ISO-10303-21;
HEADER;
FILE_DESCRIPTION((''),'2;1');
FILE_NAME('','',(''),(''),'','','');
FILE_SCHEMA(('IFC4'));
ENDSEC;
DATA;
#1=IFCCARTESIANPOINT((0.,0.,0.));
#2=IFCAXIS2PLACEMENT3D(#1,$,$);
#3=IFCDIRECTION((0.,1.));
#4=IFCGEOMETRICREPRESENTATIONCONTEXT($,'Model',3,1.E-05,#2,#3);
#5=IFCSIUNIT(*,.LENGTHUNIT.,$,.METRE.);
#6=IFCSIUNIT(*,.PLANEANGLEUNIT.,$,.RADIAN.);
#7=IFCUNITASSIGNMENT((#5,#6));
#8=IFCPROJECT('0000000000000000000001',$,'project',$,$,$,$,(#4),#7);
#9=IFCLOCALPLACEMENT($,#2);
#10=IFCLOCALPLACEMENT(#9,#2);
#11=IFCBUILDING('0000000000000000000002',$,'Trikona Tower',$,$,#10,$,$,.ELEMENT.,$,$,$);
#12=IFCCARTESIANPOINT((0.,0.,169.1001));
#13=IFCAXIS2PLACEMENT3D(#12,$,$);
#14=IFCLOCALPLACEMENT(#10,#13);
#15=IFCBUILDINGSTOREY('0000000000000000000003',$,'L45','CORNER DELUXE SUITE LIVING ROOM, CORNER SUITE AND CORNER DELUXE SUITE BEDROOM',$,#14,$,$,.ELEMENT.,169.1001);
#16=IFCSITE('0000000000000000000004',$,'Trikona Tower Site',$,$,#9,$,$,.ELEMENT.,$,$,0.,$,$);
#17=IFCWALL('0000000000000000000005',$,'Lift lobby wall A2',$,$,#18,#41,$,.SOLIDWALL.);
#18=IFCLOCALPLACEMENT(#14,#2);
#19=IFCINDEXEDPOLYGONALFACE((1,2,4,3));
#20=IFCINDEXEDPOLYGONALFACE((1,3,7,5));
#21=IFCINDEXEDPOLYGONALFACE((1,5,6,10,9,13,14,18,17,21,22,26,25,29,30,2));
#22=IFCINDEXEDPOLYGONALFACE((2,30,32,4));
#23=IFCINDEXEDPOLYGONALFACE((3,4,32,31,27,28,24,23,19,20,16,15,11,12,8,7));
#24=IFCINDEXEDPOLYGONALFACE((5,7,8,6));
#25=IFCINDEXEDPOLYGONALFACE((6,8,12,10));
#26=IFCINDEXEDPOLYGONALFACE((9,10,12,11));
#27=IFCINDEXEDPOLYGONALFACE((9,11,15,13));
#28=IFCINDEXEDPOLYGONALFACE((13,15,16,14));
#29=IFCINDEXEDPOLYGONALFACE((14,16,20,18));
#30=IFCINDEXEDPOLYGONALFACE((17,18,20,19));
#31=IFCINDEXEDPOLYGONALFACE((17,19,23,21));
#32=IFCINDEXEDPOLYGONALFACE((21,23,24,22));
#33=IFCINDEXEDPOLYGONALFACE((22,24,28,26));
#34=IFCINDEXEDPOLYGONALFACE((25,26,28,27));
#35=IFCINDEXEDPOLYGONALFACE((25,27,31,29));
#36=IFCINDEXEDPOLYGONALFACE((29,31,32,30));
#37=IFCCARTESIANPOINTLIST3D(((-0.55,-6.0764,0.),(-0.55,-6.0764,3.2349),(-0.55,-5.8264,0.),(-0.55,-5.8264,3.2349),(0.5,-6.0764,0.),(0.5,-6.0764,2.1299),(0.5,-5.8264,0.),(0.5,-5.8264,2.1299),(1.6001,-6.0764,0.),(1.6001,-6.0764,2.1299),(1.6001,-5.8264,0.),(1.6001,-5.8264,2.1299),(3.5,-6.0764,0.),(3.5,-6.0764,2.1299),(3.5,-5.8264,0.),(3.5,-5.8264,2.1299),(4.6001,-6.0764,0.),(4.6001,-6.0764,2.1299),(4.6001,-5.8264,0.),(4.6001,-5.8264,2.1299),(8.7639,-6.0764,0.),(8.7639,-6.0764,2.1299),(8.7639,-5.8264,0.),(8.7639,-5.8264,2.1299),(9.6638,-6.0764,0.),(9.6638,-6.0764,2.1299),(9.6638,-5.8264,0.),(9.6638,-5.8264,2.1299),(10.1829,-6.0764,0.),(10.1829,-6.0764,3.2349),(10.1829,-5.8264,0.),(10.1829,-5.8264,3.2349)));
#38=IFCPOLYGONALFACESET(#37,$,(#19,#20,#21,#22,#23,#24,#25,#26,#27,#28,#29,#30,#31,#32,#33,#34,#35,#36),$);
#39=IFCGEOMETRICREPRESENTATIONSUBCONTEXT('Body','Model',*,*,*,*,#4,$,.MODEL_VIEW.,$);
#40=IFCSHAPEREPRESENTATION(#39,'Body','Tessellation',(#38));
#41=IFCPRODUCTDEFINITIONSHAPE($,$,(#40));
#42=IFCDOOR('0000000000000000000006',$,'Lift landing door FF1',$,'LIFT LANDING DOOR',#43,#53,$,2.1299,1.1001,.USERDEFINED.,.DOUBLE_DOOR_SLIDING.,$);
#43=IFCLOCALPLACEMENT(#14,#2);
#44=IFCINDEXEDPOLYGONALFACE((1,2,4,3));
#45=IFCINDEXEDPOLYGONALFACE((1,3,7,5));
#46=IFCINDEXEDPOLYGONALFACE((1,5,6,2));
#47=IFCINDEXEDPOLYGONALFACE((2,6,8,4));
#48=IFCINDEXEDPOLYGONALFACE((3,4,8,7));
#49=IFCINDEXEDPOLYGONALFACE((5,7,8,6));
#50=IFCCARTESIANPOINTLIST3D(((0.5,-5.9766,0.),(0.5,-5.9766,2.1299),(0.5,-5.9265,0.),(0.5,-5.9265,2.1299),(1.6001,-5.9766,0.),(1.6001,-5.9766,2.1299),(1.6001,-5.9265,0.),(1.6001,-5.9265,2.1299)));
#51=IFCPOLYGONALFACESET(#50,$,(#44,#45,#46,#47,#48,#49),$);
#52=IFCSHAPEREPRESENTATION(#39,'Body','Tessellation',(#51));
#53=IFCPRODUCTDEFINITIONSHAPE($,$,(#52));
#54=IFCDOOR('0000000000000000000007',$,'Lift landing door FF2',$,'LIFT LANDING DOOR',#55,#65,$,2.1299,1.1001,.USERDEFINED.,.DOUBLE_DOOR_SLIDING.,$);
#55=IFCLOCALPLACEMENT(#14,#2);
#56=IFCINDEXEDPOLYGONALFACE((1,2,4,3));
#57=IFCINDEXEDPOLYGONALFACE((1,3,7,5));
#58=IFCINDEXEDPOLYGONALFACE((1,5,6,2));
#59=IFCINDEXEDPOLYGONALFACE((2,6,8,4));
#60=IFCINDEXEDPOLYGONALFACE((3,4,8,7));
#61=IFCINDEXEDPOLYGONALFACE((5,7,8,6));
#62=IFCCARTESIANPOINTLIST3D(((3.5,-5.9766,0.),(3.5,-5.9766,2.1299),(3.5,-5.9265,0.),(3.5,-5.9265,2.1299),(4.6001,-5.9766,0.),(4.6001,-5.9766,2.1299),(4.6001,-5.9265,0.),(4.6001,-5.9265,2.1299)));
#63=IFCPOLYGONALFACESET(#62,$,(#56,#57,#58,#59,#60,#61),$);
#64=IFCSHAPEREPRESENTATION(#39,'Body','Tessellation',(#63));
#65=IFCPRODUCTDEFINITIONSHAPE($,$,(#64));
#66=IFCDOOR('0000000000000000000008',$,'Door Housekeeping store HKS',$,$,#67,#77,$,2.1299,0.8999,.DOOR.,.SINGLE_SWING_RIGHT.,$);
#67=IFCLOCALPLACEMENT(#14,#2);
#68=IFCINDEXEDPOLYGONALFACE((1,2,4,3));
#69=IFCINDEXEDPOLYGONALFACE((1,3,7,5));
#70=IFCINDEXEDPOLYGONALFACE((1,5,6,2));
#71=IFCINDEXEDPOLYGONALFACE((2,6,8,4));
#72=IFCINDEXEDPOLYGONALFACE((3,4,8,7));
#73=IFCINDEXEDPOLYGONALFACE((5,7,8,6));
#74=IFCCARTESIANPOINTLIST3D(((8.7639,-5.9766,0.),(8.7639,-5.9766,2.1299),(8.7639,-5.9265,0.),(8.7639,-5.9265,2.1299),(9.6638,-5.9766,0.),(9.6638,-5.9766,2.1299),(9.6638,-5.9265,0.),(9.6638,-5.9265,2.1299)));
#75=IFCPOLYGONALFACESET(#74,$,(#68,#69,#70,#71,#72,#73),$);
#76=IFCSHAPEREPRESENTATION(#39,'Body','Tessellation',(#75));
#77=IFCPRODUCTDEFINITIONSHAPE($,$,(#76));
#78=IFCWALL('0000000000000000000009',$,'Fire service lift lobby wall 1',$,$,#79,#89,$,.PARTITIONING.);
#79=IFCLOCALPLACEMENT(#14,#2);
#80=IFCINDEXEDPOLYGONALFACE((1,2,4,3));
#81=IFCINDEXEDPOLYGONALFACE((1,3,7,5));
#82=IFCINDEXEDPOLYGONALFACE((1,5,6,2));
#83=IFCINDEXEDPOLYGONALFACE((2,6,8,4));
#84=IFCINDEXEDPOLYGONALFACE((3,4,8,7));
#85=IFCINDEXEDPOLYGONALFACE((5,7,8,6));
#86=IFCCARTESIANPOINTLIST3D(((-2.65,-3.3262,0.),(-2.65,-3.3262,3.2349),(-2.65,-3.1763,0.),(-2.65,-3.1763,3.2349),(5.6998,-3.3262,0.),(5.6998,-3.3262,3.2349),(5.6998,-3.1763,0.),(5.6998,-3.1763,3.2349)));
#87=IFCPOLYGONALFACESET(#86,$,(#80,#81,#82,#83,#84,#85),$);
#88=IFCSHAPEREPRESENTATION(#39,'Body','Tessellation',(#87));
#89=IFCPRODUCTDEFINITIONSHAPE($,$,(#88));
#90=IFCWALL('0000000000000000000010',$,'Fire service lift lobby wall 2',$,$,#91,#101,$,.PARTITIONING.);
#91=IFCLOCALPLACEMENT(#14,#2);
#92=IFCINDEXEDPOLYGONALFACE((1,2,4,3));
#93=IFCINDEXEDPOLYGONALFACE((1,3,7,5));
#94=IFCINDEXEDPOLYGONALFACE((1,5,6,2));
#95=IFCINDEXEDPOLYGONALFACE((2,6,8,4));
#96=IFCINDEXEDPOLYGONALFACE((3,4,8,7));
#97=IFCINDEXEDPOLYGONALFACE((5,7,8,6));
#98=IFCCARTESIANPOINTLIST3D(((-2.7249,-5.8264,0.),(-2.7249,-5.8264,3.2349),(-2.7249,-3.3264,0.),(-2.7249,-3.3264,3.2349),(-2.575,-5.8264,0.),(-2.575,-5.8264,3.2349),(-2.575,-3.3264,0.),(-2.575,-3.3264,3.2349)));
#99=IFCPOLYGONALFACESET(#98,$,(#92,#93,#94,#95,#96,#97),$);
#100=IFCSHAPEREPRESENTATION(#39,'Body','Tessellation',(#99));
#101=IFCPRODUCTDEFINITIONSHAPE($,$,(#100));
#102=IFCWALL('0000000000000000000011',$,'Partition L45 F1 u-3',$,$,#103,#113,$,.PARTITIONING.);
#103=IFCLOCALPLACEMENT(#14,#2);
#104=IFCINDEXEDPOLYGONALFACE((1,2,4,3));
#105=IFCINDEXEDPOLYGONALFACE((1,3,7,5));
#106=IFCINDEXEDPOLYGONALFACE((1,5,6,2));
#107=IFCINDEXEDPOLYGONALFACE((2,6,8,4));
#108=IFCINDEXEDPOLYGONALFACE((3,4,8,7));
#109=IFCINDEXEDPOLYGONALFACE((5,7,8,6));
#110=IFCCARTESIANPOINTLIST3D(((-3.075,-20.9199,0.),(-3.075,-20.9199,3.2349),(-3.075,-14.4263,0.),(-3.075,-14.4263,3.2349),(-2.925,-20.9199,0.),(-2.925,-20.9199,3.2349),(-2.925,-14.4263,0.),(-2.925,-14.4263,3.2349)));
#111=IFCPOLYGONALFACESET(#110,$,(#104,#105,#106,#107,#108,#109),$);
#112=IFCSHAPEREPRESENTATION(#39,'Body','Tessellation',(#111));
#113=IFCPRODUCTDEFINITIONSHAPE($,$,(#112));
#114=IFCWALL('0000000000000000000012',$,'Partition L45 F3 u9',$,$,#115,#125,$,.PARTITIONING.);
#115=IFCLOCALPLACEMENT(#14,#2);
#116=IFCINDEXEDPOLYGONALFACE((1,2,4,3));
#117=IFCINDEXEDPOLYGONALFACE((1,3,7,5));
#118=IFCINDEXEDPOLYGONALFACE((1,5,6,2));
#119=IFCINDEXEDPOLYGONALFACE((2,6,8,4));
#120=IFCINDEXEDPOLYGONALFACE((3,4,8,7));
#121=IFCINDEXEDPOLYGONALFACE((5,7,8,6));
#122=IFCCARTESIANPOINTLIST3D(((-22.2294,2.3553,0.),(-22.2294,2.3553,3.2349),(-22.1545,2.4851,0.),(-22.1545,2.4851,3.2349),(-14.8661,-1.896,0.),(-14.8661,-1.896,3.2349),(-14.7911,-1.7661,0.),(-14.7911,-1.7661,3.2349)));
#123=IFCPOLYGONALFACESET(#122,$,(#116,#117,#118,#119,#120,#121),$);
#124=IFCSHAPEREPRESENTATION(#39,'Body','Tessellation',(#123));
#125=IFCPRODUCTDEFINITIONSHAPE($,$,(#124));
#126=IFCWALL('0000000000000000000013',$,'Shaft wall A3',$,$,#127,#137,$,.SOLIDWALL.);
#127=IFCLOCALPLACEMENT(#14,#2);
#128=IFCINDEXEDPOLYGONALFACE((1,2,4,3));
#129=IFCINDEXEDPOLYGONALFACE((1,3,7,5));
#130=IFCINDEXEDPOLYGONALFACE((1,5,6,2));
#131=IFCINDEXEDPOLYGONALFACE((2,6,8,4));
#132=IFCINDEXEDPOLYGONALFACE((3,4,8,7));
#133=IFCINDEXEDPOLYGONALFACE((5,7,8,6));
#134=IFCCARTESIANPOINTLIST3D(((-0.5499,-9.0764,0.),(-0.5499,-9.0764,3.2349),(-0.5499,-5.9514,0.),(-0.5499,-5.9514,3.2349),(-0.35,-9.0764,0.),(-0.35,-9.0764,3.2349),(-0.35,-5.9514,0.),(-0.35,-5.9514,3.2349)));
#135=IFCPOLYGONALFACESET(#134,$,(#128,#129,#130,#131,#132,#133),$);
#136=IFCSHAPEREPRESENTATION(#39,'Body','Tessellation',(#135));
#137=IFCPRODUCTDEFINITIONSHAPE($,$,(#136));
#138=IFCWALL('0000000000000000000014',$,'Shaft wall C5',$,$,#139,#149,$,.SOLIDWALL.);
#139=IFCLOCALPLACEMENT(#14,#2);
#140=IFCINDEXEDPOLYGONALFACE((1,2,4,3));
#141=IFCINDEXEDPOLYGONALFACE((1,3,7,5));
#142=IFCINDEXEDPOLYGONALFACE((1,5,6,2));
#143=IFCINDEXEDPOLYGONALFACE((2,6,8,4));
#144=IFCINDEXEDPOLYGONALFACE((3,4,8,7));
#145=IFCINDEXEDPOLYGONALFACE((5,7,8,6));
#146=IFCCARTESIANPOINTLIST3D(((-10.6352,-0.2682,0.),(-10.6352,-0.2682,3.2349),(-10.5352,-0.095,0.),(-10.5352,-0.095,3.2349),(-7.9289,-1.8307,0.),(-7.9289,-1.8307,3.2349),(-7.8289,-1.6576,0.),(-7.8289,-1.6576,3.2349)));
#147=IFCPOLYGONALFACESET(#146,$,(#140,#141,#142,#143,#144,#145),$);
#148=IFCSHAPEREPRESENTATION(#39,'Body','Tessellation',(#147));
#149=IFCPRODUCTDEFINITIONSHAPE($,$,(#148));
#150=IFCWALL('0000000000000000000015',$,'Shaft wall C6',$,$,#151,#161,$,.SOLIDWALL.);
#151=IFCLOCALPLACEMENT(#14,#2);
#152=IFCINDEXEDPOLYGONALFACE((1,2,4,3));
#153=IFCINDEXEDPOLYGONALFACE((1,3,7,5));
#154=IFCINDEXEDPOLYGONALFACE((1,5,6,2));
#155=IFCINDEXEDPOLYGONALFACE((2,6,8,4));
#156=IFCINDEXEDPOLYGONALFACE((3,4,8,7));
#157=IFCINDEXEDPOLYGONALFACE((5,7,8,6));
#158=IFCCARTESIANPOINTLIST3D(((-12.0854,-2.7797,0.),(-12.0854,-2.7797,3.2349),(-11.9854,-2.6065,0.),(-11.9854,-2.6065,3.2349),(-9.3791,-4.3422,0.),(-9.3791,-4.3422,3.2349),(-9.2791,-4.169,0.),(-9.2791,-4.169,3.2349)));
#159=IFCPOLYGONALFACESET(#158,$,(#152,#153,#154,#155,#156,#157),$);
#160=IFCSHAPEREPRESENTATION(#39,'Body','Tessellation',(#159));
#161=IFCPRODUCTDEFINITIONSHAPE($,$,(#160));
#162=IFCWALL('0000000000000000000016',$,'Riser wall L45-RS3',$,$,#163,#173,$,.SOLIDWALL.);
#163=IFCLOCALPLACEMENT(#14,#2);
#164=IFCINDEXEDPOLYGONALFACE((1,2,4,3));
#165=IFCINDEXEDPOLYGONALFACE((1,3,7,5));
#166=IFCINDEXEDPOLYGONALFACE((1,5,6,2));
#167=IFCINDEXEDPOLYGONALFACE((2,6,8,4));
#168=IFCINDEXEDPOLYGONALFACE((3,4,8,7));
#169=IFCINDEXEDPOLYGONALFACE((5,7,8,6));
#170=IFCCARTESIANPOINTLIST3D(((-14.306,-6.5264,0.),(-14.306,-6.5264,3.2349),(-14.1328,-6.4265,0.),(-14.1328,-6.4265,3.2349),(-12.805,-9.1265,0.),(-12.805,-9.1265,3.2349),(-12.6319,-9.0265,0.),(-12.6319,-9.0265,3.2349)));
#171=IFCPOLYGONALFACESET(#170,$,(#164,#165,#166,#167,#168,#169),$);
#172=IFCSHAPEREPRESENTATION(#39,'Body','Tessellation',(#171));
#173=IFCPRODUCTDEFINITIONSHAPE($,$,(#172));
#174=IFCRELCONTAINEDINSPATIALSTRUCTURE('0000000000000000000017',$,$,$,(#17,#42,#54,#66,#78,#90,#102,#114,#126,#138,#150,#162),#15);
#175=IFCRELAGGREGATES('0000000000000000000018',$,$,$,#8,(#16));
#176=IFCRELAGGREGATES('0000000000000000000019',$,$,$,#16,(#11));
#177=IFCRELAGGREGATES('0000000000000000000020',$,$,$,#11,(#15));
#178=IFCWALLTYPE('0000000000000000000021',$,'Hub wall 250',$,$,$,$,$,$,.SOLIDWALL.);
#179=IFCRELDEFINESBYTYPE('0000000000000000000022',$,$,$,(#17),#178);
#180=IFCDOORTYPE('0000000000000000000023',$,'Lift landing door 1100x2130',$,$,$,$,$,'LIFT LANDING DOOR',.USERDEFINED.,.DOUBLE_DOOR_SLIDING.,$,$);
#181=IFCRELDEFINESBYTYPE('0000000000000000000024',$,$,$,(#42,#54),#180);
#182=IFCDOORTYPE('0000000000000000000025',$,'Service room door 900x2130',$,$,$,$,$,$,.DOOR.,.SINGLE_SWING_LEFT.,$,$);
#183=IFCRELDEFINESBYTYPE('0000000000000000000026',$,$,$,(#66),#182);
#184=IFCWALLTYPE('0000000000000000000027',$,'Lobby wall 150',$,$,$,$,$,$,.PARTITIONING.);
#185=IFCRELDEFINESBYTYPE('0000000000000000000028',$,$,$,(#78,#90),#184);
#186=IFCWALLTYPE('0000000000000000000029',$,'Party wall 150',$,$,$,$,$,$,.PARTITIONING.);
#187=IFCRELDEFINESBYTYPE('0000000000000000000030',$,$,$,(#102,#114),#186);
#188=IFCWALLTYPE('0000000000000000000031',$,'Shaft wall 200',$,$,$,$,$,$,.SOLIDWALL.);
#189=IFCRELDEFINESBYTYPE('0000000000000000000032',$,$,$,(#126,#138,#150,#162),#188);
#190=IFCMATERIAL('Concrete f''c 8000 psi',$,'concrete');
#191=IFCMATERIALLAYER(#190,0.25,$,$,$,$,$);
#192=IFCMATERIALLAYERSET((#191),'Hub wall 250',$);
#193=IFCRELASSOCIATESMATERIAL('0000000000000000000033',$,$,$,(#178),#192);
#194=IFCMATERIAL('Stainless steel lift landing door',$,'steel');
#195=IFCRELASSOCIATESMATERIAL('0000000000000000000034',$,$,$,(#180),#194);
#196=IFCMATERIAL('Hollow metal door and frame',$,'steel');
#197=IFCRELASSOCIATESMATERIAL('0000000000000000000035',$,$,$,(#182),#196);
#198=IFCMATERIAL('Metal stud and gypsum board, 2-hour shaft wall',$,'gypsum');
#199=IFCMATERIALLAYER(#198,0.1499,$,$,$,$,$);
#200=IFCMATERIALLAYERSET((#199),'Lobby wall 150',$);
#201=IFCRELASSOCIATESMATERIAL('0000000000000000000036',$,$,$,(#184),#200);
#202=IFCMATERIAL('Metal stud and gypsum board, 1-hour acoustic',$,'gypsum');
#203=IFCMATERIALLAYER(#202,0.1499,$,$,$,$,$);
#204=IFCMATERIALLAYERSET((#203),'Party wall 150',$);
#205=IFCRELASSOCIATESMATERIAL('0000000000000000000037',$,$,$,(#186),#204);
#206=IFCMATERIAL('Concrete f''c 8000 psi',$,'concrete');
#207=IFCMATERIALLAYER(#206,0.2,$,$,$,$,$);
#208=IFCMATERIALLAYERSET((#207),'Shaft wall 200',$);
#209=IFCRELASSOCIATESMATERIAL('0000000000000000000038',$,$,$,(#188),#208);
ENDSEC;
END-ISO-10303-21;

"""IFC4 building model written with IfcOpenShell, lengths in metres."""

from ifc_helpers import new_model, si_unit, direction, frame, frame_2d, origin, place, context, subcontext, project, spatial, rectangle, extrude, material, layer, layer_set, type_object, element, fill, save


model = new_model("IFC4")

# Units and contexts
model_context = context("Model", 3, precision=1e-05, world=origin(), true_north=direction((0.0, 1.0)))
body_context = subcontext(model_context, "Body", "Model", "MODEL_VIEW")
ifc_project = project(units=[si_unit("LENGTHUNIT", "METRE"), si_unit("PLANEANGLEUNIT", "RADIAN")], contexts=[model_context])

# Site, building, storey
site_placement = place(None, origin())
site = spatial("IfcSite", under=ifc_project, at=site_placement, Name="Trikona Tower Site", CompositionType="ELEMENT", RefElevation=0.0)
building_placement = place(site_placement, origin())
building = spatial("IfcBuilding", under=site, at=building_placement, Name="Trikona Tower", CompositionType="ELEMENT")
storey_placement = place(building_placement, frame((0.0, 0.0, 169.1001)))
storey = spatial("IfcBuildingStorey", under=building, at=storey_placement, Name="L45", Description="CORNER DELUXE SUITE LIVING ROOM, CORNER SUITE AND CORNER DELUXE SUITE BEDROOM", CompositionType="ELEMENT", Elevation=169.1001)

# Shared definitions
ifc_material_1 = material(Name="Concrete f'c 8000 psi", Category="concrete")
ifc_layer_1 = layer(ifc_material_1, 0.25)
ifc_layer_set_1 = layer_set([ifc_layer_1], Name="Hub wall 250")
wall_type_1 = type_object("IfcWallType", Name="Hub wall 250", PredefinedType="SOLIDWALL", material=ifc_layer_set_1)

# Wall, openings, doors
wall_1_placement = place(storey_placement, frame((-0.55, -5.9514, 0.0), z_axis=(0.0, 0.0, 1.0), x_axis=(1.0, 0.0, 0.0)))
wall_1 = element("IfcWall", 1, at=wall_1_placement, inside=storey, type_object=wall_type_1, Name="Lift lobby wall A2", PredefinedType="SOLIDWALL", context=body_context, shape_type="SweptSolid", body=[
    extrude(rectangle(XDim=10.7329, YDim=0.25, at=frame_2d((5.3665, 0.0))), origin(), (0.0, 0.0, 1.0), 3.2349),
])
opening_1_placement = place(wall_1_placement, frame((9.314, 0.0, 0.0)))
opening_1 = element("IfcOpeningElement", 2, at=opening_1_placement, cuts=wall_1, PredefinedType="OPENING", context=body_context, shape_type="SweptSolid", body=[
    extrude(rectangle(XDim=0.8999, YDim=2.1299, at=frame_2d((0.45, 1.0649))), frame((0.0, 0.135, 0.0), z_axis=(0.0, -1.0, 0.0), x_axis=(1.0, 0.0, 0.0)), (0.0, 0.0, 1.0), 0.27),
])
opening_2_placement = place(wall_1_placement, frame((1.05, 0.0, 0.0)))
opening_2 = element("IfcOpeningElement", 3, at=opening_2_placement, cuts=wall_1, PredefinedType="OPENING", context=body_context, shape_type="SweptSolid", body=[
    extrude(rectangle(XDim=1.1001, YDim=2.1299, at=frame_2d((0.55, 1.0649))), frame((0.0, 0.135, 0.0), z_axis=(0.0, -1.0, 0.0), x_axis=(1.0, 0.0, 0.0)), (0.0, 0.0, 1.0), 0.27),
])
opening_3_placement = place(wall_1_placement, frame((4.05, 0.0, 0.0)))
opening_3 = element("IfcOpeningElement", 4, at=opening_3_placement, cuts=wall_1, PredefinedType="OPENING", context=body_context, shape_type="SweptSolid", body=[
    extrude(rectangle(XDim=1.1001, YDim=2.1299, at=frame_2d((0.55, 1.0649))), frame((0.0, 0.135, 0.0), z_axis=(0.0, -1.0, 0.0), x_axis=(1.0, 0.0, 0.0)), (0.0, 0.0, 1.0), 0.27),
])
ifc_material_2 = material(Name="Stainless steel lift landing door", Category="steel")
door_type_1 = type_object("IfcDoorType", Name="Lift landing door 1100x2130", ElementType="LIFT LANDING DOOR", OperationType="DOUBLE_DOOR_SLIDING", PredefinedType="USERDEFINED", material=ifc_material_2)
door_1_placement = place(opening_2_placement, origin())
door_1 = element("IfcDoor", 5, at=door_1_placement, inside=storey, type_object=door_type_1, Name="Lift landing door FF1", ObjectType="LIFT LANDING DOOR", OperationType="DOUBLE_DOOR_SLIDING", OverallHeight=2.1299, OverallWidth=1.1001, PredefinedType="USERDEFINED", context=body_context, shape_type="SweptSolid", body=[
    extrude(rectangle(XDim=1.1001, YDim=2.1299, at=frame_2d((0.55, 1.0649))), frame((0.0, 0.0249, 0.0), z_axis=(0.0, -1.0, 0.0), x_axis=(1.0, 0.0, 0.0)), (0.0, 0.0, 1.0), 0.05),
])
fill(opening_2, door_1)
door_2_placement = place(opening_3_placement, origin())
door_2 = element("IfcDoor", 6, at=door_2_placement, inside=storey, type_object=door_type_1, Name="Lift landing door FF2", ObjectType="LIFT LANDING DOOR", OperationType="DOUBLE_DOOR_SLIDING", OverallHeight=2.1299, OverallWidth=1.1001, PredefinedType="USERDEFINED", context=body_context, shape_type="SweptSolid", body=[
    extrude(rectangle(XDim=1.1001, YDim=2.1299, at=frame_2d((0.55, 1.0649))), frame((0.0, 0.0249, 0.0), z_axis=(0.0, -1.0, 0.0), x_axis=(1.0, 0.0, 0.0)), (0.0, 0.0, 1.0), 0.05),
])
fill(opening_3, door_2)
ifc_material_3 = material(Name="Hollow metal door and frame", Category="steel")
door_type_2 = type_object("IfcDoorType", Name="Service room door 900x2130", OperationType="SINGLE_SWING_LEFT", PredefinedType="DOOR", material=ifc_material_3)
door_3_placement = place(opening_1_placement, origin())
door_3 = element("IfcDoor", 7, at=door_3_placement, inside=storey, type_object=door_type_2, Name="Door Housekeeping store HKS", OperationType="SINGLE_SWING_RIGHT", OverallHeight=2.1299, OverallWidth=0.8999, PredefinedType="DOOR", context=body_context, shape_type="SweptSolid", body=[
    extrude(rectangle(XDim=0.8999, YDim=2.1299, at=frame_2d((0.45, 1.0649))), frame((0.0, 0.0249, 0.0), z_axis=(0.0, -1.0, 0.0), x_axis=(1.0, 0.0, 0.0)), (0.0, 0.0, 1.0), 0.05),
])
fill(opening_1, door_3)

# Walls
ifc_material_4 = material(Name="Metal stud and gypsum board, 2-hour shaft wall", Category="gypsum")
ifc_layer_2 = layer(ifc_material_4, 0.1499)
ifc_layer_set_2 = layer_set([ifc_layer_2], Name="Lobby wall 150")
wall_type_2 = type_object("IfcWallType", Name="Lobby wall 150", PredefinedType="PARTITIONING", material=ifc_layer_set_2)
wall_2_placement = place(storey_placement, frame((-2.6499, -3.2512, 0.0), z_axis=(0.0, 0.0, 1.0), x_axis=(1.0, 0.0, 0.0)))
element("IfcWall", 8, at=wall_2_placement, inside=storey, type_object=wall_type_2, Name="Fire service lift lobby wall 1", PredefinedType="PARTITIONING", context=body_context, shape_type="SweptSolid", body=[
    extrude(rectangle(XDim=8.3499, YDim=0.1499, at=frame_2d((4.1748, 0.0))), origin(), (0.0, 0.0, 1.0), 3.2349),
])
wall_3_placement = place(storey_placement, frame((-2.6499, -5.8264, 0.0), z_axis=(0.0, 0.0, 1.0), x_axis=(0.0, 1.0, 0.0)))
element("IfcWall", 9, at=wall_3_placement, inside=storey, type_object=wall_type_2, Name="Fire service lift lobby wall 2", PredefinedType="PARTITIONING", context=body_context, shape_type="SweptSolid", body=[
    extrude(rectangle(XDim=2.5, YDim=0.1499, at=frame_2d((1.25, 0.0))), origin(), (0.0, 0.0, 1.0), 3.2349),
])
ifc_material_5 = material(Name="Metal stud and gypsum board, 1-hour acoustic", Category="gypsum")
ifc_layer_3 = layer(ifc_material_5, 0.1499)
ifc_layer_set_3 = layer_set([ifc_layer_3], Name="Party wall 150")
wall_type_3 = type_object("IfcWallType", Name="Party wall 150", PredefinedType="PARTITIONING", material=ifc_layer_set_3)
wall_4_placement = place(storey_placement, frame((-3.0, -14.4263, 0.0), z_axis=(0.0, 0.0, 1.0), x_axis=(0.0, -1.0, 0.0)))
element("IfcWall", 10, at=wall_4_placement, inside=storey, type_object=wall_type_3, Name="Partition L45 F1 u-3", PredefinedType="PARTITIONING", context=body_context, shape_type="SweptSolid", body=[
    extrude(rectangle(XDim=6.4937, YDim=0.1499, at=frame_2d((3.2468, 0.0))), origin(), (0.0, 0.0, 1.0), 3.2349),
])
wall_5_placement = place(storey_placement, frame((-14.8286, -1.8311, 0.0), z_axis=(0.0, 0.0, 1.0), x_axis=(-0.866024, 0.500002, 0.0)))
element("IfcWall", 11, at=wall_5_placement, inside=storey, type_object=wall_type_3, Name="Partition L45 F3 u9", PredefinedType="PARTITIONING", context=body_context, shape_type="SweptSolid", body=[
    extrude(rectangle(XDim=8.5024, YDim=0.1499, at=frame_2d((4.2512, 0.0))), origin(), (0.0, 0.0, 1.0), 3.2349),
])
ifc_material_6 = material(Name="Concrete f'c 8000 psi", Category="concrete")
ifc_layer_4 = layer(ifc_material_6, 0.2)
ifc_layer_set_4 = layer_set([ifc_layer_4], Name="Shaft wall 200")
wall_type_4 = type_object("IfcWallType", Name="Shaft wall 200", PredefinedType="SOLIDWALL", material=ifc_layer_set_4)
for number, where, z_axis, x_axis, name in (
    (12, (-0.45, -5.9514, 0.0), (0.0, 0.0, 1.0), (0.0, -1.0, 0.0), "Shaft wall A3"),
    (13, (-7.8789, -1.7441, 0.0), (0.0, 0.0, 1.0), (-0.866023, 0.500004, 0.0), "Shaft wall C5"),
    (14, (-9.3291, -4.2556, 0.0), (0.0, 0.0, 1.0), (-0.866023, 0.500004, 0.0), "Shaft wall C6"),
):
    element("IfcWall", number, at=place(storey_placement, frame(where, z_axis=z_axis, x_axis=x_axis)), inside=storey, type_object=wall_type_4, Name=name, PredefinedType="SOLIDWALL", context=body_context, shape_type="SweptSolid", body=[
        extrude(rectangle(XDim=3.125, YDim=0.2, at=frame_2d((1.5625, 0.0))), origin(), (0.0, 0.0, 1.0), 3.2349),
    ])
wall_6_placement = place(storey_placement, frame((-12.7185, -9.0764, 0.0), z_axis=(0.0, 0.0, 1.0), x_axis=(-0.499952, 0.866053, 0.0)))
element("IfcWall", 15, at=wall_6_placement, inside=storey, type_object=wall_type_4, Name="Riser wall L45-RS3", PredefinedType="SOLIDWALL", context=body_context, shape_type="SweptSolid", body=[
    extrude(rectangle(XDim=3.0022, YDim=0.2, at=frame_2d((1.501, 0.0))), origin(), (0.0, 0.0, 1.0), 3.2349),
])

save(model, "model.ifc")
